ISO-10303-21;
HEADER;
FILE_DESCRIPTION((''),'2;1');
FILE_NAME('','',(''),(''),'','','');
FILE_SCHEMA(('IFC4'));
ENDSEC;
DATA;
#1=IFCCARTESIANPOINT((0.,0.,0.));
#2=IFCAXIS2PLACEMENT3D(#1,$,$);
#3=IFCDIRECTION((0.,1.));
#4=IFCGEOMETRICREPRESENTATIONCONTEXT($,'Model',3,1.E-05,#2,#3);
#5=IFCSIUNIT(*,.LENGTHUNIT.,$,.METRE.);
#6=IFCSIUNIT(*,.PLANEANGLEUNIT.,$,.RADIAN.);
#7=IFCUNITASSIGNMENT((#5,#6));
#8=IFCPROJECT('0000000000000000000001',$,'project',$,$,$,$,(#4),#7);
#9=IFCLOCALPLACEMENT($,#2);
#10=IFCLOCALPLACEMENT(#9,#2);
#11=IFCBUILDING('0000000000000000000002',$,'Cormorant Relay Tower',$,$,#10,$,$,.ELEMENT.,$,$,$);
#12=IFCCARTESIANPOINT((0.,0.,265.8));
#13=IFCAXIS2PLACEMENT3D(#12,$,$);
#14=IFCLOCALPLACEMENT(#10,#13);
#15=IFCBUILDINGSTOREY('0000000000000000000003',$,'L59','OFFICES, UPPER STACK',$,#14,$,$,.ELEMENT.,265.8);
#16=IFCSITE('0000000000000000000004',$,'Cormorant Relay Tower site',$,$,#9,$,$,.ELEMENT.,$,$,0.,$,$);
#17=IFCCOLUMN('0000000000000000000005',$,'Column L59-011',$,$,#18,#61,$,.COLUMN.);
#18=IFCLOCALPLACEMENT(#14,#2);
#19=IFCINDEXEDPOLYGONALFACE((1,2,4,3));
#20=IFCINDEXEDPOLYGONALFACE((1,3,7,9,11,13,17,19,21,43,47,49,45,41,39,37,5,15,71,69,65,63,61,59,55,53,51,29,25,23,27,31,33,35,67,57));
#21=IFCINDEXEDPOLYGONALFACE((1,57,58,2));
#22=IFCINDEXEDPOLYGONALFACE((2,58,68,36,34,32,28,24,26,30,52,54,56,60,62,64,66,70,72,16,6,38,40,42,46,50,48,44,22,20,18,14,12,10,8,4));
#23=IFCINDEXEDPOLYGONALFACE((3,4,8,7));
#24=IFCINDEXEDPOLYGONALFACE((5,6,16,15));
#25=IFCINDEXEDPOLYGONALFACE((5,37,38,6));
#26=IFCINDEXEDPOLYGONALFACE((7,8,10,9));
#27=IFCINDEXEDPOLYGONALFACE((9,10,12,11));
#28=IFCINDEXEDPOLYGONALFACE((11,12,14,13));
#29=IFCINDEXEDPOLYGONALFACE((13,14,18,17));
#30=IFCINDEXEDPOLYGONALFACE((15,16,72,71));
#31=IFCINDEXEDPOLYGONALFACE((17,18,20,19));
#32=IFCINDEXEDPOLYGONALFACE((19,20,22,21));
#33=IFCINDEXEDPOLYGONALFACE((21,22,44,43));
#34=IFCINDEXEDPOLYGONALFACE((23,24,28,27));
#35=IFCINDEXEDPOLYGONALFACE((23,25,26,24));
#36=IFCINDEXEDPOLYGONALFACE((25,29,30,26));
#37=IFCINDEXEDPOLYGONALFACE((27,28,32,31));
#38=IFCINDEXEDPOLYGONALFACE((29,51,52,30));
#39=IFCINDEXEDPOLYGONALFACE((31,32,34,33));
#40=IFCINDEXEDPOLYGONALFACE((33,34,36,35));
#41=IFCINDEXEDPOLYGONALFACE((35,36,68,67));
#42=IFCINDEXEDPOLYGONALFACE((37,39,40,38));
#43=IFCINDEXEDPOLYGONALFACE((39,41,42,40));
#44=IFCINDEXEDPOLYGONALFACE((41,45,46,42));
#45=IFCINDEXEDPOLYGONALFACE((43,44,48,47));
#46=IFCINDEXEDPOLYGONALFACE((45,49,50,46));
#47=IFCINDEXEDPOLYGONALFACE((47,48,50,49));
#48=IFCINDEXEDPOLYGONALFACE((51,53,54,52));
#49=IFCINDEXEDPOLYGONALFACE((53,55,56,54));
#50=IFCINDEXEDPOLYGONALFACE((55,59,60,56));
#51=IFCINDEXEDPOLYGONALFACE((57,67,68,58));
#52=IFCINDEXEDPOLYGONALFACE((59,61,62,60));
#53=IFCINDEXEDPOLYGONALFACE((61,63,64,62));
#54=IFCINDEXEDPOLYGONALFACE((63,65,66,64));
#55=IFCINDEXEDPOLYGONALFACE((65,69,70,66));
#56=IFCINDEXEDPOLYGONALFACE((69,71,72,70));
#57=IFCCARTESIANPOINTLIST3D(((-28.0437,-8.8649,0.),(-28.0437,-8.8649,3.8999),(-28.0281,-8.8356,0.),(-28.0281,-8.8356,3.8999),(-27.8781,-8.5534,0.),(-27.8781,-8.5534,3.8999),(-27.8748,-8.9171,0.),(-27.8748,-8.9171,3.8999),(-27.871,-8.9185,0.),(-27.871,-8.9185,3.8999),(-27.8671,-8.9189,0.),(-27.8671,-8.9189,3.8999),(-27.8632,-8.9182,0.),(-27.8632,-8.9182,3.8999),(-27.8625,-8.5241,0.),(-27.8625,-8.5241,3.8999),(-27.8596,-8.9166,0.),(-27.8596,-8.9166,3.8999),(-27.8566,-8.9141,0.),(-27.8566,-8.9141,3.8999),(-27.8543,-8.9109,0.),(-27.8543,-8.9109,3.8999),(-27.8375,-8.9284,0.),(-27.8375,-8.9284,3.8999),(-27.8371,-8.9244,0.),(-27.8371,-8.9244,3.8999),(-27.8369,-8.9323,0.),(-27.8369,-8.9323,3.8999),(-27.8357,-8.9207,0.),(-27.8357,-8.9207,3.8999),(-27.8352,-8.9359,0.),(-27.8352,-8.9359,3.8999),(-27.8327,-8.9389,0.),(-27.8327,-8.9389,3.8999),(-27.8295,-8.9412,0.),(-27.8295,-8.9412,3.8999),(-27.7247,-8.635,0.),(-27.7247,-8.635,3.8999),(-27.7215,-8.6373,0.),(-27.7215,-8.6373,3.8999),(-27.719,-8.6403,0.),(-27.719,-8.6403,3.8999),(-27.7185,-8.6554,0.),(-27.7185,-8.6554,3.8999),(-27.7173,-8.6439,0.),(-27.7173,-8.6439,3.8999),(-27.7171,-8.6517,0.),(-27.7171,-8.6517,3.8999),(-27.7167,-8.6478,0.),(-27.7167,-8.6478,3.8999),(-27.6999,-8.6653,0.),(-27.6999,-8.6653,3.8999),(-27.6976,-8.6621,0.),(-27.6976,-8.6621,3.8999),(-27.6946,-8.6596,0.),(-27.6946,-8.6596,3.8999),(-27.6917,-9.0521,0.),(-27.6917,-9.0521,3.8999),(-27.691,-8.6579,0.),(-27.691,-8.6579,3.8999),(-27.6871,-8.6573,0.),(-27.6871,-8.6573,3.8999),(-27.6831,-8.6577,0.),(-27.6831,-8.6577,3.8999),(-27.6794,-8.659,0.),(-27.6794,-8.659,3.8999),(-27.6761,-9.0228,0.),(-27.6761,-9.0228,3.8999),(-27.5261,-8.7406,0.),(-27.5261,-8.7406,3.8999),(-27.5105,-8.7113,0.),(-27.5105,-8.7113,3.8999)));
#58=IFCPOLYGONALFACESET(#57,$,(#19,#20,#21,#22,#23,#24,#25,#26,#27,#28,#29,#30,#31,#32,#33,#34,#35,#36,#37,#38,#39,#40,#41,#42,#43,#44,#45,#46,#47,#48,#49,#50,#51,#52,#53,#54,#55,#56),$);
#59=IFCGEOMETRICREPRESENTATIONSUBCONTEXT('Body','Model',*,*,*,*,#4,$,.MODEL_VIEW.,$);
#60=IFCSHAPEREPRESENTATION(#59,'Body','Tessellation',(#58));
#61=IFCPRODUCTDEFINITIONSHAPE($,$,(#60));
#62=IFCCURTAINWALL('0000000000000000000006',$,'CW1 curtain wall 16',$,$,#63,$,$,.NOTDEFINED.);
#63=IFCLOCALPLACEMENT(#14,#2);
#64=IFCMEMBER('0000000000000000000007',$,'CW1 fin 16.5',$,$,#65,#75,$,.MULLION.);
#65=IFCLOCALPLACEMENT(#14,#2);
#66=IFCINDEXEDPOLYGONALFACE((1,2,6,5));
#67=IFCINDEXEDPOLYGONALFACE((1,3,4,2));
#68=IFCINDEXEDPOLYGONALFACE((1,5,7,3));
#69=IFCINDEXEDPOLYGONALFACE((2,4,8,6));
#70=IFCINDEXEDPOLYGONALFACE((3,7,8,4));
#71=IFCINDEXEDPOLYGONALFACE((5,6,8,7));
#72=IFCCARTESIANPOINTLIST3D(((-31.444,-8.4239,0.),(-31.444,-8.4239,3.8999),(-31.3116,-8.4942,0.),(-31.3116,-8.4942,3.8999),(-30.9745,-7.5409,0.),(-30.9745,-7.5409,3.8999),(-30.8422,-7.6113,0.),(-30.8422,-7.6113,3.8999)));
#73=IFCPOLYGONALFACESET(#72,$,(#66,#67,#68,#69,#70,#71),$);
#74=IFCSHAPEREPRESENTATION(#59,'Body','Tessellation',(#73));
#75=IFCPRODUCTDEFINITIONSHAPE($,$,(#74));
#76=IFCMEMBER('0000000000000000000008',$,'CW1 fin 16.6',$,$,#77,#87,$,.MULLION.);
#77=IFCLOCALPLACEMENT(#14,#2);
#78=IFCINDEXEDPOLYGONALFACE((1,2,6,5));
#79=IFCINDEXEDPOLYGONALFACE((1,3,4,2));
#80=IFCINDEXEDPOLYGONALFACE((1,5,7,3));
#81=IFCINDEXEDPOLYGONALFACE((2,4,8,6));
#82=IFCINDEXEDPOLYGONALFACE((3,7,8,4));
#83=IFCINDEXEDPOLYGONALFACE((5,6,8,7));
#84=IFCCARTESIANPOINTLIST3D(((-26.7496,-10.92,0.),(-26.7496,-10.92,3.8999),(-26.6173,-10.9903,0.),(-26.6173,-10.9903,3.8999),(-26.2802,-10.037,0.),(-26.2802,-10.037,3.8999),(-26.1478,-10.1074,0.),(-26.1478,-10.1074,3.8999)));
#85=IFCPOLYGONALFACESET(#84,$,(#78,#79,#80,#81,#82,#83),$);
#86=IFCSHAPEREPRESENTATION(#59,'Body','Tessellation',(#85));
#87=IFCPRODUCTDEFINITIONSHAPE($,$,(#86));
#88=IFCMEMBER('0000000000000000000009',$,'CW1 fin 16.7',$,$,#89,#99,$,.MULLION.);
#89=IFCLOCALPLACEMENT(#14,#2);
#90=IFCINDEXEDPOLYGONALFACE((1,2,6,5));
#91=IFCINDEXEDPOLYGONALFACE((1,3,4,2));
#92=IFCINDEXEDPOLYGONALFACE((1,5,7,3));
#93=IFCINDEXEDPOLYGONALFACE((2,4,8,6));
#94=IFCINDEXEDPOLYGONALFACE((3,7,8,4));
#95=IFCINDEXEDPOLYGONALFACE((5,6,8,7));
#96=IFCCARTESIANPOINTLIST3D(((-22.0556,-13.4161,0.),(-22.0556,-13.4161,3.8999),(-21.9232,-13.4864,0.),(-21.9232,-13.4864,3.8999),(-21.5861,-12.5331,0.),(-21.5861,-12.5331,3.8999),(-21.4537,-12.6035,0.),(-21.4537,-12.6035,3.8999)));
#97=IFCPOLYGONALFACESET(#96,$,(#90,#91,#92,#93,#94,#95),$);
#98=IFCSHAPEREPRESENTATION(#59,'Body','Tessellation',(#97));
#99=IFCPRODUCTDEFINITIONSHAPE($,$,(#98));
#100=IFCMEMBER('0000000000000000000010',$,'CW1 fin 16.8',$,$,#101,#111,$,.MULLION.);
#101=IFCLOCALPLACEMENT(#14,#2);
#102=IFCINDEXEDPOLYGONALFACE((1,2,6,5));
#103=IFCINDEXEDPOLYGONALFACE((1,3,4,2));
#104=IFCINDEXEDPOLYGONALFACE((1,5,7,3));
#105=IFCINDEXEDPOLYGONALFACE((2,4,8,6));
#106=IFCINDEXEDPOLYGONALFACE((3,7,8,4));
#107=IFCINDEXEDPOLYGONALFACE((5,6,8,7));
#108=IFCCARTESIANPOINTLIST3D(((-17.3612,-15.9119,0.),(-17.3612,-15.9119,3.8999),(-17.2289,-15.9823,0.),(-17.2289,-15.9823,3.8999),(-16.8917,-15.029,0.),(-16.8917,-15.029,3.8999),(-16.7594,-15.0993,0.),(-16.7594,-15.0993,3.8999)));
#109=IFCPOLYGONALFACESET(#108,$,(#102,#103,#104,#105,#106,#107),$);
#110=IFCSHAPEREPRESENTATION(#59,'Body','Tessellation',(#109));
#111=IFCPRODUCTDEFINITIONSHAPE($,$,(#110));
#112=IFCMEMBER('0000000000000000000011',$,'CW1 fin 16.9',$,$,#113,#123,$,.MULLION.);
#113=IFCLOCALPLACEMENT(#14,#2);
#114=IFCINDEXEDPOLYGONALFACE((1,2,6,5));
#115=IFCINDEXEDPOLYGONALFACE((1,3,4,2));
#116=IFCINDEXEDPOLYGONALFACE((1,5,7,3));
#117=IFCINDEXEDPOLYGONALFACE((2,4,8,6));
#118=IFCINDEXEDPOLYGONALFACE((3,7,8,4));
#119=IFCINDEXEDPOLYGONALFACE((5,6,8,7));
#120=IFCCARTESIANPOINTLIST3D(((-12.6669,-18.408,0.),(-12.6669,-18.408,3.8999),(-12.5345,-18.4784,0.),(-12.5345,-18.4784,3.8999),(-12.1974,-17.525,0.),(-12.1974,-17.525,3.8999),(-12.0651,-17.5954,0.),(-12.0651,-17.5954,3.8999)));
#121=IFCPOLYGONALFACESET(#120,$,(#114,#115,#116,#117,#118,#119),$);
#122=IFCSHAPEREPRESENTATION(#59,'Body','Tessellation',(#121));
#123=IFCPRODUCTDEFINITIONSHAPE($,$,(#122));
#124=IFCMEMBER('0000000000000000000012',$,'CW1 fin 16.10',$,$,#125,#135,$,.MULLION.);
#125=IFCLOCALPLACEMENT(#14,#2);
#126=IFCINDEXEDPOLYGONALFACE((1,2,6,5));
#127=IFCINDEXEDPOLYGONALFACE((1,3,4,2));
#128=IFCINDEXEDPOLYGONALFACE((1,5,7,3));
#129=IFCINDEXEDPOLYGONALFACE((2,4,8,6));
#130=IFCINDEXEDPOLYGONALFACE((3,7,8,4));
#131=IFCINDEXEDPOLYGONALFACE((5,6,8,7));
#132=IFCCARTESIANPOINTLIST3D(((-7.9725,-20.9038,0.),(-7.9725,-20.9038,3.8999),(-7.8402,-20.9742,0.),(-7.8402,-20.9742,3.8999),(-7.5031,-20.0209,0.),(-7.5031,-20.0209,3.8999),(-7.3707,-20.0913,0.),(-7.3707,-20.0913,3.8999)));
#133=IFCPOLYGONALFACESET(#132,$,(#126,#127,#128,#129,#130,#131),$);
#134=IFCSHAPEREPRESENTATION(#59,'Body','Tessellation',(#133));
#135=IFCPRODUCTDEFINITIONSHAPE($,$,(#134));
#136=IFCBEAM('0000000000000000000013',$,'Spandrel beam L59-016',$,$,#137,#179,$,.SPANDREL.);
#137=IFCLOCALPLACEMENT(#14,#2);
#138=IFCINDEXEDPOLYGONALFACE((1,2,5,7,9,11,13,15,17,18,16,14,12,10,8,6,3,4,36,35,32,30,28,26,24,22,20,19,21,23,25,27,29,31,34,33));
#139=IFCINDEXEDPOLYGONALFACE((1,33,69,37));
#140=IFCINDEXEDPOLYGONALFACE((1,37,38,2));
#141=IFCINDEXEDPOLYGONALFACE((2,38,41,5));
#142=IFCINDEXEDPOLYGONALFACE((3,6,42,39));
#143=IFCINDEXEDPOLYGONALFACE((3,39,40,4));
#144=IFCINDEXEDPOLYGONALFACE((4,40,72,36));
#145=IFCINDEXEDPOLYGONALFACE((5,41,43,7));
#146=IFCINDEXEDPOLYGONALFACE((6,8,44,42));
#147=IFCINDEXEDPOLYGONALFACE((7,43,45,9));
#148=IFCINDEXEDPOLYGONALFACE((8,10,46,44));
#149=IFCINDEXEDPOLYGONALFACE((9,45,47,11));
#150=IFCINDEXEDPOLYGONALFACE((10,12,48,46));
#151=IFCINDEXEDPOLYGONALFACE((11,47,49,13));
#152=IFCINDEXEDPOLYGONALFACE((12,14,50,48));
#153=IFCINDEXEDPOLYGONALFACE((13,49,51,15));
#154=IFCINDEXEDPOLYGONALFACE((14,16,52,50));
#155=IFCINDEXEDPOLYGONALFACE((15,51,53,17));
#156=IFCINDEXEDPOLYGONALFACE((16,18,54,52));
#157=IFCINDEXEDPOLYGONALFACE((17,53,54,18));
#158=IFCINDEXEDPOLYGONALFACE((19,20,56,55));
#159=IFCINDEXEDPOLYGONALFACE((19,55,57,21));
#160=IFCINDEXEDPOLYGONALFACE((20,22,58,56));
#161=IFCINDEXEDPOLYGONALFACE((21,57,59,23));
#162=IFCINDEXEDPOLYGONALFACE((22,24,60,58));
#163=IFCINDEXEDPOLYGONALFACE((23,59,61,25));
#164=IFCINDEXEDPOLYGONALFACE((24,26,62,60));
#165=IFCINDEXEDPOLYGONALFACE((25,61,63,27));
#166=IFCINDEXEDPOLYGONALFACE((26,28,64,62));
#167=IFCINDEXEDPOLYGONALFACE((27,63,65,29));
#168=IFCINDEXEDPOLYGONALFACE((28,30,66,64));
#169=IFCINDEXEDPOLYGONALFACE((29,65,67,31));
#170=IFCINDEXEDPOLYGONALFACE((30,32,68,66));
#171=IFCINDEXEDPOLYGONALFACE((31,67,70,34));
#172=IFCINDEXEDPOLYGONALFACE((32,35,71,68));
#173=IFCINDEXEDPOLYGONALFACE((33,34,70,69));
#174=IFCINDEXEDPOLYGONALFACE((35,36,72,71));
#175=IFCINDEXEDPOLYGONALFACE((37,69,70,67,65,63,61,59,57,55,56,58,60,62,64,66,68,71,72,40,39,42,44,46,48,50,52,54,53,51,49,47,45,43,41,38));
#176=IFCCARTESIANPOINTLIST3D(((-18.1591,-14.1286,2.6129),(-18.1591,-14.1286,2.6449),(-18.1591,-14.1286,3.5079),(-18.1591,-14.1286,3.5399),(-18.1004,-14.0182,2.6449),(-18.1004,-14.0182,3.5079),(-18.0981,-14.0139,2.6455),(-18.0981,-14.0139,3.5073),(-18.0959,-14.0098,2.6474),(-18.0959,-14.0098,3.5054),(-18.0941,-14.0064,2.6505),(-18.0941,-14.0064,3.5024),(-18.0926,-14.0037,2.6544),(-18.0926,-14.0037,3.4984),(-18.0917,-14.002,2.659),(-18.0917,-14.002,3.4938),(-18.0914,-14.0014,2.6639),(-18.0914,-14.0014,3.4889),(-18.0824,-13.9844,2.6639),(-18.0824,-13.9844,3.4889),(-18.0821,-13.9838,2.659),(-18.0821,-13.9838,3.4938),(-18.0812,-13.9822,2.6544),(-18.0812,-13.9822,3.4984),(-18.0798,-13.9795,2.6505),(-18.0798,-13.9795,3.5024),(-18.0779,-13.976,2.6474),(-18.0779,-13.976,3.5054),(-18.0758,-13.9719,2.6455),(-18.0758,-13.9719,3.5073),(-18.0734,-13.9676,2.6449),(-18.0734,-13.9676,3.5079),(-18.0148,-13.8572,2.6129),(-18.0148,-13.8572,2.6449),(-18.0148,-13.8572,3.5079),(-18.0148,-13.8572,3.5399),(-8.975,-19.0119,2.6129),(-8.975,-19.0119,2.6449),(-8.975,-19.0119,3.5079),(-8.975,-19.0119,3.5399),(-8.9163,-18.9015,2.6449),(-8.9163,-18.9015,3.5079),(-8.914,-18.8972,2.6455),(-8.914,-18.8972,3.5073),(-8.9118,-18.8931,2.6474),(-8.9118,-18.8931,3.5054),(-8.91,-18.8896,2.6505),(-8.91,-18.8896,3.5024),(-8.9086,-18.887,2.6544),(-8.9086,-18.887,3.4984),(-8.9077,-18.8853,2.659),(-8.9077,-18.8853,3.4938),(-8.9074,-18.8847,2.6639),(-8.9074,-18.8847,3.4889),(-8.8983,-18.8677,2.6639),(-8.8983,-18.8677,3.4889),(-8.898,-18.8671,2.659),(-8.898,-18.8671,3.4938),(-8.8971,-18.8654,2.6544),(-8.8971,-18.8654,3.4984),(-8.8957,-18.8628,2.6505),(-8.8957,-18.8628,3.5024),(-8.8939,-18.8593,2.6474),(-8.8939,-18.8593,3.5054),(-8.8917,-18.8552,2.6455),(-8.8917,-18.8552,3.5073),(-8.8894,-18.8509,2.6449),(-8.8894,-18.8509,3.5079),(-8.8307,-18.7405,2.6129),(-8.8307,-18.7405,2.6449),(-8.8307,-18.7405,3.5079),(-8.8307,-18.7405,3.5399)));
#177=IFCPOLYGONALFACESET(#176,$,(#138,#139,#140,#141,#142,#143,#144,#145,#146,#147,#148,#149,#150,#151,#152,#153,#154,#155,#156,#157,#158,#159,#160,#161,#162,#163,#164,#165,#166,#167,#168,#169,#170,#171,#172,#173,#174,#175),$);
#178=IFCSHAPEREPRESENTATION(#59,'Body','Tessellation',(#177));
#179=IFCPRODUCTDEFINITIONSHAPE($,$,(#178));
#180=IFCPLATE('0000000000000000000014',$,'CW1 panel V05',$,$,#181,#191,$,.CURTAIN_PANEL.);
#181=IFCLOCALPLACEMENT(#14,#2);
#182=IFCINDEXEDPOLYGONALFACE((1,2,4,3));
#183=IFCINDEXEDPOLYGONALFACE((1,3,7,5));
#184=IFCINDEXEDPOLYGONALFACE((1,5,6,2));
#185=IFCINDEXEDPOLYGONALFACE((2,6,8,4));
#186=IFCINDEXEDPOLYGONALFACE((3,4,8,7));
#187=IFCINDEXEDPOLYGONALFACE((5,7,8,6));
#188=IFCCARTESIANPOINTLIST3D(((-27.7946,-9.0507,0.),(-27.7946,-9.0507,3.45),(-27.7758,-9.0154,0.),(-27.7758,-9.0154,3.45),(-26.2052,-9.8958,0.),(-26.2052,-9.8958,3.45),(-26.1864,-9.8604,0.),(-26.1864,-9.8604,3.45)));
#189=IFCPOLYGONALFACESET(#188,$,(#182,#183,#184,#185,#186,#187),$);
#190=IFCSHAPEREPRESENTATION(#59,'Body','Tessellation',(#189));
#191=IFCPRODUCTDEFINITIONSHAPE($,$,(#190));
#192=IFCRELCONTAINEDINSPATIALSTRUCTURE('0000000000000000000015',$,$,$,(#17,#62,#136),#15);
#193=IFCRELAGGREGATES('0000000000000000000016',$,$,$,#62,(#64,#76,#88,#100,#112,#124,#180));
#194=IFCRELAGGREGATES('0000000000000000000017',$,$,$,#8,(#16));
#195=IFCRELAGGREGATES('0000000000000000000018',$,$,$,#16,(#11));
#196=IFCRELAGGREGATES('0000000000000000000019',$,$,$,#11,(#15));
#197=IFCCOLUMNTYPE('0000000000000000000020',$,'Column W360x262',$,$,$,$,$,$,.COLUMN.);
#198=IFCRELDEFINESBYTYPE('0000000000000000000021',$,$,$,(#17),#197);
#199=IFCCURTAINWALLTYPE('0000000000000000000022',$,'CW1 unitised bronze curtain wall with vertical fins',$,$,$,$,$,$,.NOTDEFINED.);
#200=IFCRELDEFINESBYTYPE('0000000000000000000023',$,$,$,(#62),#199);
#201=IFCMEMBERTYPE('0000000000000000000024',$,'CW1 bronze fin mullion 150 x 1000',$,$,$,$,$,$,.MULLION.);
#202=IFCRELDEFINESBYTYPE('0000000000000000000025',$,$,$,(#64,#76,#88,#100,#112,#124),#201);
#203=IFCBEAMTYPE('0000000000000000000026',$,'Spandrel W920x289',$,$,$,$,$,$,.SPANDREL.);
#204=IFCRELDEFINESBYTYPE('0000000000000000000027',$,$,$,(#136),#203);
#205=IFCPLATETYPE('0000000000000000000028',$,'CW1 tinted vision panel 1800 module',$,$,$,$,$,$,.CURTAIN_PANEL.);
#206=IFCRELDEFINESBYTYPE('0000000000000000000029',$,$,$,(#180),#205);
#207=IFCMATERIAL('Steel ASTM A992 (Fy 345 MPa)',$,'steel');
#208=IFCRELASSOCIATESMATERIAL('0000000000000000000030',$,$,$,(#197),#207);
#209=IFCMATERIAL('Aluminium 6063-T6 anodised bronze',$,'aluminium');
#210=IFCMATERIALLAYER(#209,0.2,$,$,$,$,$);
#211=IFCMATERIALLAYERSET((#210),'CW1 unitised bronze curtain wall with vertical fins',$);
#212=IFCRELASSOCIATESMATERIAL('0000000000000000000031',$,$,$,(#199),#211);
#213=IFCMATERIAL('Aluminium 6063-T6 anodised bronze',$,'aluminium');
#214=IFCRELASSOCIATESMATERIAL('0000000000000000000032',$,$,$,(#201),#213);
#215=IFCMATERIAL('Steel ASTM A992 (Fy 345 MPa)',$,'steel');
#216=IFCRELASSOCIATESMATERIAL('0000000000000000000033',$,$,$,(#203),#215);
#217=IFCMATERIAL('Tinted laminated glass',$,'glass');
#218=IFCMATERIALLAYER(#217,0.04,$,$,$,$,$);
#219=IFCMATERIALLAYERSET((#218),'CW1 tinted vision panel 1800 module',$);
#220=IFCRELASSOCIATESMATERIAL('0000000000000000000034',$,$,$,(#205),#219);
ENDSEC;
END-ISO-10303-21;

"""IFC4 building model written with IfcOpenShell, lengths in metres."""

from ifc_helpers import new_model, si_unit, direction, frame, origin, origin_2d, place, context, subcontext, project, spatial, rectangle, i_section, extrude, material, layer, layer_set, material_profile, profile_set, type_object, element, aggregate, save


model = new_model("IFC4")

# Units and contexts
model_context = context("Model", 3, precision=1e-05, world=origin(), true_north=direction((0.0, 1.0)))
body_context = subcontext(model_context, "Body", "Model", "MODEL_VIEW")
ifc_project = project(units=[si_unit("LENGTHUNIT", "METRE"), si_unit("PLANEANGLEUNIT", "RADIAN")], contexts=[model_context])

# Site, building, storey
site_placement = place(None, origin())
site = spatial("IfcSite", under=ifc_project, at=site_placement, Name="Cormorant Relay Tower site", CompositionType="ELEMENT", RefElevation=0.0)
building_placement = place(site_placement, origin())
building = spatial("IfcBuilding", under=site, at=building_placement, Name="Cormorant Relay Tower", CompositionType="ELEMENT")
storey_placement = place(building_placement, frame((0.0, 0.0, 265.8)))
storey = spatial("IfcBuildingStorey", under=building, at=storey_placement, Name="L59", Description="OFFICES, UPPER STACK", CompositionType="ELEMENT", Elevation=265.8)

# Column
ifc_material_1 = material(Name="Steel ASTM A992 (Fy 345 MPa)", Category="steel")
ifc_material_profile_1 = material_profile(ifc_material_1, i_section(OverallWidth=0.3987, OverallDepth=0.386, WebThickness=0.021, FlangeThickness=0.0332, FilletRadius=0.0151, at=origin_2d()), Name="W360x262")
ifc_profile_set_1 = profile_set([ifc_material_profile_1], Name="Steel ASTM A992 (Fy 345 MPa)")
column_type_1 = type_object("IfcColumnType", Name="Column W360x262", PredefinedType="COLUMN", material=ifc_profile_set_1)
for number, where, z_axis, x_axis, name in (
    (1, (-27.7771, -8.7881, 0.0), (0.0, 0.0, 1.0), (0.882948, -0.469472, 0.0), "Column L59-011"),
):
    element("IfcColumn", number, at=place(storey_placement, frame(where, z_axis=z_axis, x_axis=x_axis)), inside=storey, type_object=column_type_1, Name=name, PredefinedType="COLUMN", context=body_context, shape_type="SweptSolid", body=[
        extrude(i_section(OverallWidth=0.3987, OverallDepth=0.386, WebThickness=0.021, FlangeThickness=0.0332, FilletRadius=0.0151, at=origin_2d()), origin(), (0.0, 0.0, 1.0), 3.8999),
    ])

# Curtain wall, members
ifc_material_2 = material(Name="Aluminium 6063-T6 anodised bronze", Category="aluminium")
ifc_layer_1 = layer(ifc_material_2, 0.2)
ifc_layer_set_1 = layer_set([ifc_layer_1], Name="CW1 unitised bronze curtain wall with vertical fins")
curtain_wall_type = type_object("IfcCurtainWallType", Name="CW1 unitised bronze curtain wall with vertical fins", PredefinedType="NOTDEFINED", material=ifc_layer_set_1)
curtain_wall_placement = place(storey_placement, origin())
curtain_wall = element("IfcCurtainWall", 2, at=curtain_wall_placement, inside=storey, type_object=curtain_wall_type, Name="CW1 curtain wall 16", PredefinedType="NOTDEFINED")
ifc_material_3 = material(Name="Aluminium 6063-T6 anodised bronze", Category="aluminium")
ifc_material_profile_2 = material_profile(ifc_material_3, rectangle(XDim=0.1499, YDim=1.0, at=origin_2d()), Name="AL 150x1000")
ifc_profile_set_2 = profile_set([ifc_material_profile_2], Name="Aluminium 6063-T6 anodised bronze")
member_type = type_object("IfcMemberType", Name="CW1 bronze fin mullion 150 x 1000", PredefinedType="MULLION", material=ifc_profile_set_2)
member_1_placement = place(storey_placement, frame((-31.1431, -8.0176, 0.0), z_axis=(0.0, 0.0, 1.0), x_axis=(0.882948, -0.469472, 0.0)))
member_1 = element("IfcMember", 3, at=member_1_placement, type_object=member_type, Name="CW1 fin 16.5", PredefinedType="MULLION", context=body_context, shape_type="SweptSolid", body=[
    extrude(rectangle(XDim=0.1499, YDim=1.0, at=origin_2d()), origin(), (0.0, 0.0, 1.0), 3.8999),
])
member_2_placement = place(storey_placement, frame((-26.4487, -10.5137, 0.0), z_axis=(0.0, 0.0, 1.0), x_axis=(0.882948, -0.469472, 0.0)))
member_2 = element("IfcMember", 4, at=member_2_placement, type_object=member_type, Name="CW1 fin 16.6", PredefinedType="MULLION", context=body_context, shape_type="SweptSolid", body=[
    extrude(rectangle(XDim=0.1499, YDim=1.0, at=origin_2d()), origin(), (0.0, 0.0, 1.0), 3.8999),
])
member_3_placement = place(storey_placement, frame((-21.7546, -13.0098, 0.0), z_axis=(0.0, 0.0, 1.0), x_axis=(0.882948, -0.469472, 0.0)))
member_3 = element("IfcMember", 5, at=member_3_placement, type_object=member_type, Name="CW1 fin 16.7", PredefinedType="MULLION", context=body_context, shape_type="SweptSolid", body=[
    extrude(rectangle(XDim=0.1499, YDim=1.0, at=origin_2d()), origin(), (0.0, 0.0, 1.0), 3.8999),
])
member_4_placement = place(storey_placement, frame((-17.0603, -15.5056, 0.0), z_axis=(0.0, 0.0, 1.0), x_axis=(0.882948, -0.469472, 0.0)))
member_4 = element("IfcMember", 6, at=member_4_placement, type_object=member_type, Name="CW1 fin 16.8", PredefinedType="MULLION", context=body_context, shape_type="SweptSolid", body=[
    extrude(rectangle(XDim=0.1499, YDim=1.0, at=origin_2d()), origin(), (0.0, 0.0, 1.0), 3.8999),
])
member_5_placement = place(storey_placement, frame((-12.366, -18.0017, 0.0), z_axis=(0.0, 0.0, 1.0), x_axis=(0.882948, -0.469472, 0.0)))
member_5 = element("IfcMember", 7, at=member_5_placement, type_object=member_type, Name="CW1 fin 16.9", PredefinedType="MULLION", context=body_context, shape_type="SweptSolid", body=[
    extrude(rectangle(XDim=0.1499, YDim=1.0, at=origin_2d()), origin(), (0.0, 0.0, 1.0), 3.8999),
])
member_6_placement = place(storey_placement, frame((-7.6716, -20.4976, 0.0), z_axis=(0.0, 0.0, 1.0), x_axis=(0.882948, -0.469472, 0.0)))
member_6 = element("IfcMember", 8, at=member_6_placement, type_object=member_type, Name="CW1 fin 16.10", PredefinedType="MULLION", context=body_context, shape_type="SweptSolid", body=[
    extrude(rectangle(XDim=0.1499, YDim=1.0, at=origin_2d()), origin(), (0.0, 0.0, 1.0), 3.8999),
])

# Beam
ifc_material_4 = material(Name="Steel ASTM A992 (Fy 345 MPa)", Category="steel")
ifc_material_profile_3 = material_profile(ifc_material_4, i_section(OverallWidth=0.3074, OverallDepth=0.927, WebThickness=0.0193, FlangeThickness=0.032, FilletRadius=0.019, at=origin_2d()), Name="W920x289")
ifc_profile_set_3 = profile_set([ifc_material_profile_3], Name="Steel ASTM A992 (Fy 345 MPa)")
beam_type = type_object("IfcBeamType", Name="Spandrel W920x289", PredefinedType="SPANDREL", material=ifc_profile_set_3)
beam_placement = place(storey_placement, frame((-18.0869, -13.9929, 3.0764), z_axis=(0.882946, -0.469474, 0.0), x_axis=(0.469474, 0.882946, 0.0)))
element("IfcBeam", 9, at=beam_placement, inside=storey, type_object=beam_type, Name="Spandrel beam L59-016", PredefinedType="SPANDREL", context=body_context, shape_type="SweptSolid", body=[
    extrude(i_section(OverallWidth=0.3074, OverallDepth=0.927, WebThickness=0.0193, FlangeThickness=0.032, FilletRadius=0.019, at=origin_2d()), origin(), (0.0, 0.0, 1.0), 10.4016),
])

# Plate
ifc_material_5 = material(Name="Tinted laminated glass", Category="glass")
ifc_layer_2 = layer(ifc_material_5, 0.04)
ifc_layer_set_2 = layer_set([ifc_layer_2], Name="CW1 tinted vision panel 1800 module")
plate_type_1 = type_object("IfcPlateType", Name="CW1 tinted vision panel 1800 module", PredefinedType="CURTAIN_PANEL", material=ifc_layer_set_2)
plate_1_placement = place(storey_placement, frame((-26.9905, -9.4556, 0.0), z_axis=(0.0, 0.0, 1.0), x_axis=(0.882948, -0.469472, 0.0)))
plate_1 = element("IfcPlate", 10, at=plate_1_placement, type_object=plate_type_1, Name="CW1 panel V05", PredefinedType="CURTAIN_PANEL", context=body_context, shape_type="SweptSolid", body=[
    extrude(rectangle(XDim=1.8, YDim=0.04, at=origin_2d()), origin(), (0.0, 0.0, 1.0), 3.45),
])

aggregate(curtain_wall, [member_1, member_2, member_3, member_4, member_5, member_6, plate_1])

save(model, "model.ifc")
